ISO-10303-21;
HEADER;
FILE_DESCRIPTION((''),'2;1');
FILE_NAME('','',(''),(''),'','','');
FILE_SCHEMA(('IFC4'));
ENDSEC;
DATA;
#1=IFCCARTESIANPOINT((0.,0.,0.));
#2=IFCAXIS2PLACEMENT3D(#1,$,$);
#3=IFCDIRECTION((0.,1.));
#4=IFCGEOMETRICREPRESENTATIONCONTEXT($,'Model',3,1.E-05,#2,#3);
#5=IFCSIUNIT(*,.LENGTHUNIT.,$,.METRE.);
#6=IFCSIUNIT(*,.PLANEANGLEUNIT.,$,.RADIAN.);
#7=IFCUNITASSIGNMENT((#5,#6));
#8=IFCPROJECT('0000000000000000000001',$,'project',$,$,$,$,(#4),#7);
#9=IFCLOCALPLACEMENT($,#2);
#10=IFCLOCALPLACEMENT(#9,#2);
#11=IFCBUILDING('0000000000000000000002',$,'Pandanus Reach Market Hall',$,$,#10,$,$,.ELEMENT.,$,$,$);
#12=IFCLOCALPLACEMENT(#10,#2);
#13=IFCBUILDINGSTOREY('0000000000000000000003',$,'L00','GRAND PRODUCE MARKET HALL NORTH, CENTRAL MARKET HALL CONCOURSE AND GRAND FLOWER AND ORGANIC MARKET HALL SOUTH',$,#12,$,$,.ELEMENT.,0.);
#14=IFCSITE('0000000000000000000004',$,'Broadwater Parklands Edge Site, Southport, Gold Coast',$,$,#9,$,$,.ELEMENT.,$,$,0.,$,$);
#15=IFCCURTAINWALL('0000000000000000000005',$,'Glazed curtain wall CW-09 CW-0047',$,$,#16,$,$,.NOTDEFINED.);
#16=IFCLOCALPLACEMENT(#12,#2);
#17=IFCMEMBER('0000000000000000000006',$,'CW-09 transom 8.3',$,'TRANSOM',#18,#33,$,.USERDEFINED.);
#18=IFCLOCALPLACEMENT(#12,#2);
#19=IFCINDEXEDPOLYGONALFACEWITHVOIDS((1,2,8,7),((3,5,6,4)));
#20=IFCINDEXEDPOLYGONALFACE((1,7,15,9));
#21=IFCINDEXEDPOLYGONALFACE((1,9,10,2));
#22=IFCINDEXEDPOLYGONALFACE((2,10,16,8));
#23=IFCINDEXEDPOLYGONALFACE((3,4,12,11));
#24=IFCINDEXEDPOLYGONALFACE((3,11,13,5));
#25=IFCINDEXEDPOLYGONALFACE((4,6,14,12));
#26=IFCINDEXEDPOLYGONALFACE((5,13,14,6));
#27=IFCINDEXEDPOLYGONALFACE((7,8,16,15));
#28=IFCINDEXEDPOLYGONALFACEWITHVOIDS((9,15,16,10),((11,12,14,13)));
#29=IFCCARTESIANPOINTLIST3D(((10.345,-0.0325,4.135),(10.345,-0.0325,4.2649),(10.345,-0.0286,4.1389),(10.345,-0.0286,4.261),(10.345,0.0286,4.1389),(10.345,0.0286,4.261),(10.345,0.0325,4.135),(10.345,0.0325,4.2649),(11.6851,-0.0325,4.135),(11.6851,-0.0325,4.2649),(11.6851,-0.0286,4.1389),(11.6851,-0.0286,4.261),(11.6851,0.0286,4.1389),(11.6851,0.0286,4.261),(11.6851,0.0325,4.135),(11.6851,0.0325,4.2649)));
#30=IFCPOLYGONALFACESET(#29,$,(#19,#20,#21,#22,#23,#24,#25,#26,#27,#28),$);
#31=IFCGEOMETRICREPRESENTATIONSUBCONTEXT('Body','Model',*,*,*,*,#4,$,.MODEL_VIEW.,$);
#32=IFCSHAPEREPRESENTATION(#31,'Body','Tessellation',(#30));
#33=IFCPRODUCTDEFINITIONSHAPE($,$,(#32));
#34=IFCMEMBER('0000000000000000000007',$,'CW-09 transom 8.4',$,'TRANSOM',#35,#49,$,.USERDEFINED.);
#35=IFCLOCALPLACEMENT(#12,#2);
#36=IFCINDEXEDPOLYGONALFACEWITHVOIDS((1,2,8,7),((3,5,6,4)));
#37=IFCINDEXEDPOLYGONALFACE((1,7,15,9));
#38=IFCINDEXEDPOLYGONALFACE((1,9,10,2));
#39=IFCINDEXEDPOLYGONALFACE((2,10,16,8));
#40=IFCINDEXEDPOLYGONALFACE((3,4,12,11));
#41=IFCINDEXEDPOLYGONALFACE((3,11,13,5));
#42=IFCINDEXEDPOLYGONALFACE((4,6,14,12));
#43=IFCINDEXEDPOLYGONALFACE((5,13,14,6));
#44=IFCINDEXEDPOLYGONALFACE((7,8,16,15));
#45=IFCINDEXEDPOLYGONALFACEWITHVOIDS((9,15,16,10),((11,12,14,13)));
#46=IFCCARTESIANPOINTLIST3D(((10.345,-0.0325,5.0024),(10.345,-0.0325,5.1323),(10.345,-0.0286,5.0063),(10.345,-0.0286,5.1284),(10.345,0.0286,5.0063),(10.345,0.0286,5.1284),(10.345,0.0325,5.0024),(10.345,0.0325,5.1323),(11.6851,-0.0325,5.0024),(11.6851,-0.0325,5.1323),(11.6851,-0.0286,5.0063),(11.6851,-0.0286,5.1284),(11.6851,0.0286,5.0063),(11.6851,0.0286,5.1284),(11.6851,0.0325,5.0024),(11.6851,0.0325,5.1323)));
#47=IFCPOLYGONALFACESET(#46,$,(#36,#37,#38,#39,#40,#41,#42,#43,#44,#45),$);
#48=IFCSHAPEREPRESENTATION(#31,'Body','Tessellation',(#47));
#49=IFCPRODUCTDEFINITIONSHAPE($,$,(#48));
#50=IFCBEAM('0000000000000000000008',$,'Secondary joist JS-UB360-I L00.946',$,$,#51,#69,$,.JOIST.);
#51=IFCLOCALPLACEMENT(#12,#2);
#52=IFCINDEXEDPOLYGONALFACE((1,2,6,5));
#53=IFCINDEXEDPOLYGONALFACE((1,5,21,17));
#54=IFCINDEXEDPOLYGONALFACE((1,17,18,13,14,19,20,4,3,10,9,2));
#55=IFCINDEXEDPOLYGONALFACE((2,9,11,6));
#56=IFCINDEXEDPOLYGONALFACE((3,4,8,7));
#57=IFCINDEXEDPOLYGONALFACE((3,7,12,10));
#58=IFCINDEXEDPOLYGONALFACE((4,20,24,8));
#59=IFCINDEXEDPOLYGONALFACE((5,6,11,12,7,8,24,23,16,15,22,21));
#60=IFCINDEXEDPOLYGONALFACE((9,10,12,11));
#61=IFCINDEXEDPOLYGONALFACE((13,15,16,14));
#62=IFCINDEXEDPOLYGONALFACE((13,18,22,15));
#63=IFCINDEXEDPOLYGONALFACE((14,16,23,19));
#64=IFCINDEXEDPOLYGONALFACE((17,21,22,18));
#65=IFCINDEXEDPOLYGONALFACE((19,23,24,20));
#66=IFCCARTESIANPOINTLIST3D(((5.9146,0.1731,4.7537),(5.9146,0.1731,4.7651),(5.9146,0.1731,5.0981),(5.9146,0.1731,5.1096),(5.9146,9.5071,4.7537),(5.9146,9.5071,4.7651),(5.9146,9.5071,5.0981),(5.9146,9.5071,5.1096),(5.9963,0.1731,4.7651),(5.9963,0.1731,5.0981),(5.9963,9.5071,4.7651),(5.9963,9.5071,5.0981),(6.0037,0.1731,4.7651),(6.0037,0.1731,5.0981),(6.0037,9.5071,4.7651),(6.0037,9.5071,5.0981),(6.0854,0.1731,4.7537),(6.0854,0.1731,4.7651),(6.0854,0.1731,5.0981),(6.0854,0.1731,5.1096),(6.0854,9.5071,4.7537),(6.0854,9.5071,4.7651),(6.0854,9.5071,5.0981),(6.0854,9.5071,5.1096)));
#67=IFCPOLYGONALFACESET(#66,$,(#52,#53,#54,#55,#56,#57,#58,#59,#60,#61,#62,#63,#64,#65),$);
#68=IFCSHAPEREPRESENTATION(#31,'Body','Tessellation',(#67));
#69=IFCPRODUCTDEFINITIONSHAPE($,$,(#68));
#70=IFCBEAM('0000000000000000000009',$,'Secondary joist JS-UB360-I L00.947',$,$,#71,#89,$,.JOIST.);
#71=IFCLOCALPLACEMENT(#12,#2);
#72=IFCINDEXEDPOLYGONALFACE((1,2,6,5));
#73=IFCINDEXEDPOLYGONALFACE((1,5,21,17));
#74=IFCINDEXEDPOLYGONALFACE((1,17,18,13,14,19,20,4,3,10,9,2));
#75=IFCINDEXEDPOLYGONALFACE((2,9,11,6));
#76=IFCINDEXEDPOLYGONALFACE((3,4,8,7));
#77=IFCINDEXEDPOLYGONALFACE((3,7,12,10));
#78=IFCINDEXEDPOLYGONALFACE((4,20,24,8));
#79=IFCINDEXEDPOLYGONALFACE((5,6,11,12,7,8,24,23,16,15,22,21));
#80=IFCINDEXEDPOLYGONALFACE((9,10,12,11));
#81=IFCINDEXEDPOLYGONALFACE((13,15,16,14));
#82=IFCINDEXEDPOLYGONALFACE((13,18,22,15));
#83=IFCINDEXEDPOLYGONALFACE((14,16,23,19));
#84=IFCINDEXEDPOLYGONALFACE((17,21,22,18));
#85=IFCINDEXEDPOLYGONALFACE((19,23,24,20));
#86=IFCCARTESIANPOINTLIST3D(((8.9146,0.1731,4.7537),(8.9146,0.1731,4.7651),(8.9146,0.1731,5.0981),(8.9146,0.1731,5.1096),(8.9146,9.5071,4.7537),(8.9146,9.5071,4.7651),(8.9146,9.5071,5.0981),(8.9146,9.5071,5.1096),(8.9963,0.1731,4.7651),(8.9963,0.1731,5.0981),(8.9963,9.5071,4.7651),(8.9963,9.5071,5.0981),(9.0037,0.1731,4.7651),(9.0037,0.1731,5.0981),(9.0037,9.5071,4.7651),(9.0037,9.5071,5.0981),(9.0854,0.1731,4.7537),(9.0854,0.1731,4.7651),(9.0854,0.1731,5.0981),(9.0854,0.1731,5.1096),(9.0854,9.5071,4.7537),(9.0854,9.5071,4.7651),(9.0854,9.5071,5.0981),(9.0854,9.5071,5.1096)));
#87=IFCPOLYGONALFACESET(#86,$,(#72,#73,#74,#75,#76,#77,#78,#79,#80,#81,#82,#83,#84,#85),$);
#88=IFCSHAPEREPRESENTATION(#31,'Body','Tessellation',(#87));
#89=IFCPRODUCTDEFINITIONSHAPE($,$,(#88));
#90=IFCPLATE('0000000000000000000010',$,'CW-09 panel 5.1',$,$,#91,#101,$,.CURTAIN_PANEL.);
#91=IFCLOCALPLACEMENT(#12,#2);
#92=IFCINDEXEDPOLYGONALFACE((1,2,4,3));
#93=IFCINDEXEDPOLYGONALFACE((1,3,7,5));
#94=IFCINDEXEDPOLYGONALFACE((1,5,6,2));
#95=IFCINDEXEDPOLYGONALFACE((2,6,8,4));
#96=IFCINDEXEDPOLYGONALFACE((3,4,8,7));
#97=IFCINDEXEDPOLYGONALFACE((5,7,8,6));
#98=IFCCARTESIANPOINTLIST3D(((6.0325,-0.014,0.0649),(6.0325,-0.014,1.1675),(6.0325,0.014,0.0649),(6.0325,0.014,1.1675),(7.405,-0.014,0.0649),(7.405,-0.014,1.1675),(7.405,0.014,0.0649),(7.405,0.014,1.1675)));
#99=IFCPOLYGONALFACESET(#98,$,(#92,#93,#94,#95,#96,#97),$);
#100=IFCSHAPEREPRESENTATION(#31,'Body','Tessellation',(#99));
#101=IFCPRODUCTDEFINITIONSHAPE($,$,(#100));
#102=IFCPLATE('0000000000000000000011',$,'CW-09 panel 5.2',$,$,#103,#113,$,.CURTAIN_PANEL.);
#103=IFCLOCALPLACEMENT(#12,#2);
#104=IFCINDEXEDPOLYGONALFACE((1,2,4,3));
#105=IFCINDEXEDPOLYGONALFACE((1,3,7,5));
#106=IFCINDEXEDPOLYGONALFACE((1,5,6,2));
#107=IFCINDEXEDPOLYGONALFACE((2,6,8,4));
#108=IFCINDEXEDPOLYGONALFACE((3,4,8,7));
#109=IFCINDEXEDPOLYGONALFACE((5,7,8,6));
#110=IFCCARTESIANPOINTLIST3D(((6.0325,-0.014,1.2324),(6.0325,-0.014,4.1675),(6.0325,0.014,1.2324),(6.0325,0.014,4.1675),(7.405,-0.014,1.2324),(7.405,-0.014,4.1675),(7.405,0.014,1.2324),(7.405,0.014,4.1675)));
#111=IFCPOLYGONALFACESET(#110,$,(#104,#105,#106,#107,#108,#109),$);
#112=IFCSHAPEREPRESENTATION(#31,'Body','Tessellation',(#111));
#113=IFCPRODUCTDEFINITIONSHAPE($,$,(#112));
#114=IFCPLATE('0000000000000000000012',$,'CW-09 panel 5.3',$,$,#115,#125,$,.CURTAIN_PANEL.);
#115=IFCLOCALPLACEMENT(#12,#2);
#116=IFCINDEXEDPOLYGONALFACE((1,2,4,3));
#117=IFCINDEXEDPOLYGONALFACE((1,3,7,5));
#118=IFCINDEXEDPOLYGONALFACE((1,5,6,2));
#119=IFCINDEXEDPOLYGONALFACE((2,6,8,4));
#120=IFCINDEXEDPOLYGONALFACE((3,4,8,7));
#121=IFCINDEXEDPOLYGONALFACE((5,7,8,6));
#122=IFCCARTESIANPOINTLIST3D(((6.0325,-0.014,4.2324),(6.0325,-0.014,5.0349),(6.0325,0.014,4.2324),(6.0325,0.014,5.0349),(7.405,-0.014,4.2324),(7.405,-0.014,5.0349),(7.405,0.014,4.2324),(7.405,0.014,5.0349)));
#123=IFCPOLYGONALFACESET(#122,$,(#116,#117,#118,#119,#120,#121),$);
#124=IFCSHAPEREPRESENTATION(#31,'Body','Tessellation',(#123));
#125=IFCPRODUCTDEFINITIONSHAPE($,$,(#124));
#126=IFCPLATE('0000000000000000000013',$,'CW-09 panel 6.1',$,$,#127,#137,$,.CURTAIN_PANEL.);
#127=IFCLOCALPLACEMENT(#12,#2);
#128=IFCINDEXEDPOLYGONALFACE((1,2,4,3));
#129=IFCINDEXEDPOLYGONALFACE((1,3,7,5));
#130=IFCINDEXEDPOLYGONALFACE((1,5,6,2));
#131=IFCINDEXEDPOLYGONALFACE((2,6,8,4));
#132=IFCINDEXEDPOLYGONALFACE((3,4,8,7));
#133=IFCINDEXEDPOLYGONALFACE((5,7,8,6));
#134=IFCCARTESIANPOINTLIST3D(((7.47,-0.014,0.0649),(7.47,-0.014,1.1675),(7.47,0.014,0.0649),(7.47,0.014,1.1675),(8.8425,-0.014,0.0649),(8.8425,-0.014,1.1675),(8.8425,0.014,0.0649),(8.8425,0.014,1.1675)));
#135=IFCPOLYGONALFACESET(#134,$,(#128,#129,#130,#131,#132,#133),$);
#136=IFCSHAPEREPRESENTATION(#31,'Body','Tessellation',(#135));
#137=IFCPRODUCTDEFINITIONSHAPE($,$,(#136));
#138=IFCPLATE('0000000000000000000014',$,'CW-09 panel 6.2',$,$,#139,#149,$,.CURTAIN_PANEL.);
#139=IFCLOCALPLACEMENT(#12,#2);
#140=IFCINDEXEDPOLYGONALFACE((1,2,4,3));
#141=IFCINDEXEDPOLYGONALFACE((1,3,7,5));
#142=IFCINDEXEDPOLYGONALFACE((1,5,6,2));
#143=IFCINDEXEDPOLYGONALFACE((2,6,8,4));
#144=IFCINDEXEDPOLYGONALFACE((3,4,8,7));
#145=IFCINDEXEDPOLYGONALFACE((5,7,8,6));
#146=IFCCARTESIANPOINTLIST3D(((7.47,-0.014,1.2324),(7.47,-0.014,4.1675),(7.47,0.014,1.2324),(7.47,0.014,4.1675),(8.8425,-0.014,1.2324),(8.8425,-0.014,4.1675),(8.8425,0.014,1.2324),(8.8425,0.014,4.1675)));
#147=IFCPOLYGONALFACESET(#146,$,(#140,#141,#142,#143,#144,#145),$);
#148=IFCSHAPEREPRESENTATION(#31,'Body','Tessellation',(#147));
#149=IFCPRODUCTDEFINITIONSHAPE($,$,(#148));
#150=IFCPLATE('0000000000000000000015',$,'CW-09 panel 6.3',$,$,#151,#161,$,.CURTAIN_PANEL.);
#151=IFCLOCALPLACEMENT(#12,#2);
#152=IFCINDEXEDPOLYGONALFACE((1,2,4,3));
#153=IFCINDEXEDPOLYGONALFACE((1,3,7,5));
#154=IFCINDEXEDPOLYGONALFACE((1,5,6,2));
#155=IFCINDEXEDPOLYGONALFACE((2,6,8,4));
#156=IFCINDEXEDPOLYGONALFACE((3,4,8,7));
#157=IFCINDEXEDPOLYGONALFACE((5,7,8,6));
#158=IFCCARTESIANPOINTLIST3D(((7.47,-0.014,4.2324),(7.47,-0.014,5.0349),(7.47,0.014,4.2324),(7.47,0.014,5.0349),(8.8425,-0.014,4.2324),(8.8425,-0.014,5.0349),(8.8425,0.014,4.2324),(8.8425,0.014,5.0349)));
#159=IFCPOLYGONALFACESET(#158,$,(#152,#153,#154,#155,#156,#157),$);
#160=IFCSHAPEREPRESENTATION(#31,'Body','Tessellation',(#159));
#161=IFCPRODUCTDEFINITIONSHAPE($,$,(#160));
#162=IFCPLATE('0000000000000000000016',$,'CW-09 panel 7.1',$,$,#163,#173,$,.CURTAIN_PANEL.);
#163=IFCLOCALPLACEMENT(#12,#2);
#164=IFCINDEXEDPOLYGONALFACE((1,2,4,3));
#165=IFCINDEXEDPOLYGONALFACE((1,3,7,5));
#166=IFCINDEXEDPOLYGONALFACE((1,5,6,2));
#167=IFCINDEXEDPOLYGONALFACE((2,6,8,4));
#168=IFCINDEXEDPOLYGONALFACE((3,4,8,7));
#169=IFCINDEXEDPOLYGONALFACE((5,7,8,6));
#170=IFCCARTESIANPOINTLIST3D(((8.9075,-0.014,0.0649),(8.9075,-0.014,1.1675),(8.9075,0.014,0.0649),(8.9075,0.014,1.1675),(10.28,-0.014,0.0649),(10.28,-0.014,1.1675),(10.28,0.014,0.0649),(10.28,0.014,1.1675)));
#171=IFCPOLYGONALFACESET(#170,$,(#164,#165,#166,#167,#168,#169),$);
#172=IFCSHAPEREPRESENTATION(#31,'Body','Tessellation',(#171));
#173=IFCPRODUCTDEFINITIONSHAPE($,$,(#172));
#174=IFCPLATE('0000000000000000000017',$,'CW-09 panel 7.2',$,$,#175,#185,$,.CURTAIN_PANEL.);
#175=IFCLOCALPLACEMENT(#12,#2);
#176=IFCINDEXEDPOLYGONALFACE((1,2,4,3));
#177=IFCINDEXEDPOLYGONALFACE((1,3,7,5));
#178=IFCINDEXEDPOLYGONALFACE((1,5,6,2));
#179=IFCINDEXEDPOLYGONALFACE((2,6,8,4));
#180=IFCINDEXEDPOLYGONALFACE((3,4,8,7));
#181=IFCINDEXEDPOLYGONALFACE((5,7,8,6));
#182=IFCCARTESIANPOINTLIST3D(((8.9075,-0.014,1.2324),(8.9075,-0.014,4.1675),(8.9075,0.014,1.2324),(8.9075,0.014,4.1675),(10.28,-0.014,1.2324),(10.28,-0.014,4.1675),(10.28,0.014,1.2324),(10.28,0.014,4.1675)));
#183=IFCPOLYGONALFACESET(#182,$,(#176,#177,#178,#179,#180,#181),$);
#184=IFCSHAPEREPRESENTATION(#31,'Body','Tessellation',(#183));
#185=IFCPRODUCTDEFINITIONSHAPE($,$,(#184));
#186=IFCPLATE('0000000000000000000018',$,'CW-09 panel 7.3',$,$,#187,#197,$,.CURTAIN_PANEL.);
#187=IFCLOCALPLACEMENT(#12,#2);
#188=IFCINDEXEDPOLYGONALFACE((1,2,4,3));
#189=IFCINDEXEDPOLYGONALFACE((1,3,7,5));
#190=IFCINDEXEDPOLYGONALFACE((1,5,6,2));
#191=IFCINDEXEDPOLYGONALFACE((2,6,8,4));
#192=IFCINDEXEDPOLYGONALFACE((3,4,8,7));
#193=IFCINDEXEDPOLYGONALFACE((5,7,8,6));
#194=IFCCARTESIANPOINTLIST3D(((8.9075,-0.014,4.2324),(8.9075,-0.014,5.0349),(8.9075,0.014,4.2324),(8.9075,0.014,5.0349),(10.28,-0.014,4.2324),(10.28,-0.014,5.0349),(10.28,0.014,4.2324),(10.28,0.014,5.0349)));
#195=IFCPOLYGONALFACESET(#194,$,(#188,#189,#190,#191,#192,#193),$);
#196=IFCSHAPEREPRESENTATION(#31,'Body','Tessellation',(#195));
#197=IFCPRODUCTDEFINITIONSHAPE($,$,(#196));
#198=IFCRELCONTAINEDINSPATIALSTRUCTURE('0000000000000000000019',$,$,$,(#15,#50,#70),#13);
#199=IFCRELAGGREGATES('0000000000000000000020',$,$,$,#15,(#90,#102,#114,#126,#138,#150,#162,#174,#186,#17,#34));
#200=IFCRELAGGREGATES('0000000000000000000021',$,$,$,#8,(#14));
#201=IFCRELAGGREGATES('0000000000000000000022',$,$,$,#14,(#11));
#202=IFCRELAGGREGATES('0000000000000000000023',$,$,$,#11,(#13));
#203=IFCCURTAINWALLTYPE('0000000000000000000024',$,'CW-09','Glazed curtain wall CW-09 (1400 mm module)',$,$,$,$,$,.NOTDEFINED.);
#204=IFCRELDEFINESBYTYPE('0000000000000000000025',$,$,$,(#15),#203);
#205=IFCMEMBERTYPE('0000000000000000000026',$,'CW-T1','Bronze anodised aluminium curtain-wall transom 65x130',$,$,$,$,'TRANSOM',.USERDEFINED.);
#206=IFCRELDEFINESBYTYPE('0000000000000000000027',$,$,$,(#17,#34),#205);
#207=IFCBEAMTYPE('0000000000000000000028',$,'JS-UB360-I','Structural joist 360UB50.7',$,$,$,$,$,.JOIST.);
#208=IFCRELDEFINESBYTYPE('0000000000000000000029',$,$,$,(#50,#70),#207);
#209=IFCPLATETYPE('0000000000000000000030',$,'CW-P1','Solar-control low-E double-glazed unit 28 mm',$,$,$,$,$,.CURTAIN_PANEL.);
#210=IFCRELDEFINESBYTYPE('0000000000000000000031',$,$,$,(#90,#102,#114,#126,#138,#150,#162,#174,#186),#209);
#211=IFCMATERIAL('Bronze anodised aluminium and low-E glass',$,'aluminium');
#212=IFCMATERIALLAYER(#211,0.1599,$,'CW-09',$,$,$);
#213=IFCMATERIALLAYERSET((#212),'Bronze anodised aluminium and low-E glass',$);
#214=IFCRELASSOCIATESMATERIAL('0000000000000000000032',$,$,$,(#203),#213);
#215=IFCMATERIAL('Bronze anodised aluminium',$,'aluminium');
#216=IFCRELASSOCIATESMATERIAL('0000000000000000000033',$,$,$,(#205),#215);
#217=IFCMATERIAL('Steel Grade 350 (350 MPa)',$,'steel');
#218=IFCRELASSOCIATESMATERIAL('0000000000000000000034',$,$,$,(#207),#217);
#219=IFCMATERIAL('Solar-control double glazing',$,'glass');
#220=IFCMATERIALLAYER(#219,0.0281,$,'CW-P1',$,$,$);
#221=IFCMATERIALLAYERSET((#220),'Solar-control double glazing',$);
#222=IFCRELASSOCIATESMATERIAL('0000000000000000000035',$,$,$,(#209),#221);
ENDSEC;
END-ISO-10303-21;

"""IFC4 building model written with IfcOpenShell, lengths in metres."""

from ifc_helpers import new_model, si_unit, direction, frame, origin, origin_2d, place, context, subcontext, project, spatial, rectangle, hollow_rectangle, i_section, extrude, material, layer, layer_set, material_profile, profile_set, type_object, element, aggregate, save


model = new_model("IFC4")

# Units and contexts
model_context = context("Model", 3, precision=1e-05, world=origin(), true_north=direction((0.0, 1.0)))
body_context = subcontext(model_context, "Body", "Model", "MODEL_VIEW")
ifc_project = project(units=[si_unit("LENGTHUNIT", "METRE"), si_unit("PLANEANGLEUNIT", "RADIAN")], contexts=[model_context])

# Site, building, storey
site_placement = place(None, origin())
site = spatial("IfcSite", under=ifc_project, at=site_placement, Name="Broadwater Parklands Edge Site, Southport, Gold Coast", CompositionType="ELEMENT", RefElevation=0.0)
building_placement = place(site_placement, origin())
building = spatial("IfcBuilding", under=site, at=building_placement, Name="Pandanus Reach Market Hall", CompositionType="ELEMENT")
storey_placement = place(building_placement, origin())
storey = spatial("IfcBuildingStorey", under=building, at=storey_placement, Name="L00", Description="GRAND PRODUCE MARKET HALL NORTH, CENTRAL MARKET HALL CONCOURSE AND GRAND FLOWER AND ORGANIC MARKET HALL SOUTH", CompositionType="ELEMENT", Elevation=0.0)

# Curtain wall, members
ifc_material_1 = material(Name="Bronze anodised aluminium and low-E glass", Category="aluminium")
ifc_layer_1 = layer(ifc_material_1, 0.1599, Name="CW-09")
ifc_layer_set_1 = layer_set([ifc_layer_1], Name="Bronze anodised aluminium and low-E glass")
curtain_wall_type = type_object("IfcCurtainWallType", Name="CW-09", Description="Glazed curtain wall CW-09 (1400 mm module)", PredefinedType="NOTDEFINED", material=ifc_layer_set_1)
curtain_wall_placement = place(storey_placement, origin())
curtain_wall = element("IfcCurtainWall", 1, at=curtain_wall_placement, inside=storey, type_object=curtain_wall_type, Name="Glazed curtain wall CW-09 CW-0047", PredefinedType="NOTDEFINED")
ifc_material_2 = material(Name="Bronze anodised aluminium", Category="aluminium")
ifc_material_profile_1 = material_profile(ifc_material_2, hollow_rectangle(XDim=0.0649, YDim=0.1299, WallThickness=0.0039, at=origin_2d()), Name="ALU65x130", Category="LoadBearing")
ifc_profile_set_1 = profile_set([ifc_material_profile_1], Name="Bronze anodised aluminium")
member_type_1 = type_object("IfcMemberType", Name="CW-T1", Description="Bronze anodised aluminium curtain-wall transom 65x130", ElementType="TRANSOM", PredefinedType="USERDEFINED", material=ifc_profile_set_1)
member_1_placement = place(storey_placement, frame((10.345, 0.0, 4.2), z_axis=(1.0, 0.0, 0.0), x_axis=(0.0, 1.0, 0.0)))
member_1 = element("IfcMember", 2, at=member_1_placement, type_object=member_type_1, Name="CW-09 transom 8.3", ObjectType="TRANSOM", PredefinedType="USERDEFINED", context=body_context, shape_type="SweptSolid", body=[
    extrude(hollow_rectangle(XDim=0.0649, YDim=0.1299, WallThickness=0.0039, at=origin_2d()), origin(), (0.0, 0.0, 1.0), 1.3401),
])
member_2_placement = place(storey_placement, frame((10.345, 0.0, 5.0674), z_axis=(1.0, 0.0, 0.0), x_axis=(0.0, 1.0, 0.0)))
member_2 = element("IfcMember", 3, at=member_2_placement, type_object=member_type_1, Name="CW-09 transom 8.4", ObjectType="TRANSOM", PredefinedType="USERDEFINED", context=body_context, shape_type="SweptSolid", body=[
    extrude(hollow_rectangle(XDim=0.0649, YDim=0.1299, WallThickness=0.0039, at=origin_2d()), origin(), (0.0, 0.0, 1.0), 1.3401),
])

# Beams
ifc_material_3 = material(Name="Steel Grade 350 (350 MPa)", Category="steel")
ifc_material_profile_2 = material_profile(ifc_material_3, i_section(OverallWidth=0.1709, OverallDepth=0.356, WebThickness=0.0073, FlangeThickness=0.0115, at=origin_2d()), Name="360UB50.7", Category="LoadBearing")
ifc_profile_set_2 = profile_set([ifc_material_profile_2], Name="Steel Grade 350 (350 MPa)")
beam_type = type_object("IfcBeamType", Name="JS-UB360-I", Description="Structural joist 360UB50.7", PredefinedType="JOIST", material=ifc_profile_set_2)
for number, where, z_axis, x_axis, name in (
    (4, (6.0, 0.1731, 4.9316), (0.0, 1.0, 0.0), (-1.0, 0.0, 0.0), "Secondary joist JS-UB360-I L00.946"),
    (5, (9.0, 0.1731, 4.9316), (0.0, 1.0, 0.0), (-1.0, 0.0, 0.0), "Secondary joist JS-UB360-I L00.947"),
):
    element("IfcBeam", number, at=place(storey_placement, frame(where, z_axis=z_axis, x_axis=x_axis)), inside=storey, type_object=beam_type, Name=name, PredefinedType="JOIST", context=body_context, shape_type="SweptSolid", body=[
        extrude(i_section(OverallWidth=0.1709, OverallDepth=0.356, WebThickness=0.0073, FlangeThickness=0.0115, at=origin_2d()), origin(), (0.0, 0.0, 1.0), 9.334),
    ])

# Plates
ifc_material_4 = material(Name="Solar-control double glazing", Category="glass")
ifc_layer_2 = layer(ifc_material_4, 0.0281, Name="CW-P1")
ifc_layer_set_2 = layer_set([ifc_layer_2], Name="Solar-control double glazing")
plate_type = type_object("IfcPlateType", Name="CW-P1", Description="Solar-control low-E double-glazed unit 28 mm", PredefinedType="CURTAIN_PANEL", material=ifc_layer_set_2)
plate_1_placement = place(storey_placement, frame((6.7188, 0.0, 0.0649), z_axis=(0.0, 0.0, 1.0), x_axis=(1.0, 0.0, 0.0)))
plate_1 = element("IfcPlate", 6, at=plate_1_placement, type_object=plate_type, Name="CW-09 panel 5.1", PredefinedType="CURTAIN_PANEL", context=body_context, shape_type="SweptSolid", body=[
    extrude(rectangle(XDim=1.3726, YDim=0.0281, at=origin_2d()), origin(), (0.0, 0.0, 1.0), 1.1025),
])
plate_2_placement = place(storey_placement, frame((6.7188, 0.0, 1.2324), z_axis=(0.0, 0.0, 1.0), x_axis=(1.0, 0.0, 0.0)))
plate_2 = element("IfcPlate", 7, at=plate_2_placement, type_object=plate_type, Name="CW-09 panel 5.2", PredefinedType="CURTAIN_PANEL", context=body_context, shape_type="SweptSolid", body=[
    extrude(rectangle(XDim=1.3726, YDim=0.0281, at=origin_2d()), origin(), (0.0, 0.0, 1.0), 2.9351),
])
plate_3_placement = place(storey_placement, frame((6.7188, 0.0, 4.2324), z_axis=(0.0, 0.0, 1.0), x_axis=(1.0, 0.0, 0.0)))
plate_3 = element("IfcPlate", 8, at=plate_3_placement, type_object=plate_type, Name="CW-09 panel 5.3", PredefinedType="CURTAIN_PANEL", context=body_context, shape_type="SweptSolid", body=[
    extrude(rectangle(XDim=1.3726, YDim=0.0281, at=origin_2d()), origin(), (0.0, 0.0, 1.0), 0.8025),
])
plate_4_placement = place(storey_placement, frame((8.1562, 0.0, 0.0649), z_axis=(0.0, 0.0, 1.0), x_axis=(1.0, 0.0, 0.0)))
plate_4 = element("IfcPlate", 9, at=plate_4_placement, type_object=plate_type, Name="CW-09 panel 6.1", PredefinedType="CURTAIN_PANEL", context=body_context, shape_type="SweptSolid", body=[
    extrude(rectangle(XDim=1.3726, YDim=0.0281, at=origin_2d()), origin(), (0.0, 0.0, 1.0), 1.1025),
])
plate_5_placement = place(storey_placement, frame((8.1562, 0.0, 1.2324), z_axis=(0.0, 0.0, 1.0), x_axis=(1.0, 0.0, 0.0)))
plate_5 = element("IfcPlate", 10, at=plate_5_placement, type_object=plate_type, Name="CW-09 panel 6.2", PredefinedType="CURTAIN_PANEL", context=body_context, shape_type="SweptSolid", body=[
    extrude(rectangle(XDim=1.3726, YDim=0.0281, at=origin_2d()), origin(), (0.0, 0.0, 1.0), 2.9351),
])
plate_6_placement = place(storey_placement, frame((8.1562, 0.0, 4.2324), z_axis=(0.0, 0.0, 1.0), x_axis=(1.0, 0.0, 0.0)))
plate_6 = element("IfcPlate", 11, at=plate_6_placement, type_object=plate_type, Name="CW-09 panel 6.3", PredefinedType="CURTAIN_PANEL", context=body_context, shape_type="SweptSolid", body=[
    extrude(rectangle(XDim=1.3726, YDim=0.0281, at=origin_2d()), origin(), (0.0, 0.0, 1.0), 0.8025),
])
plate_7_placement = place(storey_placement, frame((9.5938, 0.0, 0.0649), z_axis=(0.0, 0.0, 1.0), x_axis=(1.0, 0.0, 0.0)))
plate_7 = element("IfcPlate", 12, at=plate_7_placement, type_object=plate_type, Name="CW-09 panel 7.1", PredefinedType="CURTAIN_PANEL", context=body_context, shape_type="SweptSolid", body=[
    extrude(rectangle(XDim=1.3726, YDim=0.0281, at=origin_2d()), origin(), (0.0, 0.0, 1.0), 1.1025),
])
plate_8_placement = place(storey_placement, frame((9.5938, 0.0, 1.2324), z_axis=(0.0, 0.0, 1.0), x_axis=(1.0, 0.0, 0.0)))
plate_8 = element("IfcPlate", 13, at=plate_8_placement, type_object=plate_type, Name="CW-09 panel 7.2", PredefinedType="CURTAIN_PANEL", context=body_context, shape_type="SweptSolid", body=[
    extrude(rectangle(XDim=1.3726, YDim=0.0281, at=origin_2d()), origin(), (0.0, 0.0, 1.0), 2.9351),
])
plate_9_placement = place(storey_placement, frame((9.5938, 0.0, 4.2324), z_axis=(0.0, 0.0, 1.0), x_axis=(1.0, 0.0, 0.0)))
plate_9 = element("IfcPlate", 14, at=plate_9_placement, type_object=plate_type, Name="CW-09 panel 7.3", PredefinedType="CURTAIN_PANEL", context=body_context, shape_type="SweptSolid", body=[
    extrude(rectangle(XDim=1.3726, YDim=0.0281, at=origin_2d()), origin(), (0.0, 0.0, 1.0), 0.8025),
])
aggregate(curtain_wall, [plate_1, plate_2, plate_3, plate_4, plate_5, plate_6, plate_7, plate_8, plate_9, member_1, member_2])

save(model, "model.ifc")
